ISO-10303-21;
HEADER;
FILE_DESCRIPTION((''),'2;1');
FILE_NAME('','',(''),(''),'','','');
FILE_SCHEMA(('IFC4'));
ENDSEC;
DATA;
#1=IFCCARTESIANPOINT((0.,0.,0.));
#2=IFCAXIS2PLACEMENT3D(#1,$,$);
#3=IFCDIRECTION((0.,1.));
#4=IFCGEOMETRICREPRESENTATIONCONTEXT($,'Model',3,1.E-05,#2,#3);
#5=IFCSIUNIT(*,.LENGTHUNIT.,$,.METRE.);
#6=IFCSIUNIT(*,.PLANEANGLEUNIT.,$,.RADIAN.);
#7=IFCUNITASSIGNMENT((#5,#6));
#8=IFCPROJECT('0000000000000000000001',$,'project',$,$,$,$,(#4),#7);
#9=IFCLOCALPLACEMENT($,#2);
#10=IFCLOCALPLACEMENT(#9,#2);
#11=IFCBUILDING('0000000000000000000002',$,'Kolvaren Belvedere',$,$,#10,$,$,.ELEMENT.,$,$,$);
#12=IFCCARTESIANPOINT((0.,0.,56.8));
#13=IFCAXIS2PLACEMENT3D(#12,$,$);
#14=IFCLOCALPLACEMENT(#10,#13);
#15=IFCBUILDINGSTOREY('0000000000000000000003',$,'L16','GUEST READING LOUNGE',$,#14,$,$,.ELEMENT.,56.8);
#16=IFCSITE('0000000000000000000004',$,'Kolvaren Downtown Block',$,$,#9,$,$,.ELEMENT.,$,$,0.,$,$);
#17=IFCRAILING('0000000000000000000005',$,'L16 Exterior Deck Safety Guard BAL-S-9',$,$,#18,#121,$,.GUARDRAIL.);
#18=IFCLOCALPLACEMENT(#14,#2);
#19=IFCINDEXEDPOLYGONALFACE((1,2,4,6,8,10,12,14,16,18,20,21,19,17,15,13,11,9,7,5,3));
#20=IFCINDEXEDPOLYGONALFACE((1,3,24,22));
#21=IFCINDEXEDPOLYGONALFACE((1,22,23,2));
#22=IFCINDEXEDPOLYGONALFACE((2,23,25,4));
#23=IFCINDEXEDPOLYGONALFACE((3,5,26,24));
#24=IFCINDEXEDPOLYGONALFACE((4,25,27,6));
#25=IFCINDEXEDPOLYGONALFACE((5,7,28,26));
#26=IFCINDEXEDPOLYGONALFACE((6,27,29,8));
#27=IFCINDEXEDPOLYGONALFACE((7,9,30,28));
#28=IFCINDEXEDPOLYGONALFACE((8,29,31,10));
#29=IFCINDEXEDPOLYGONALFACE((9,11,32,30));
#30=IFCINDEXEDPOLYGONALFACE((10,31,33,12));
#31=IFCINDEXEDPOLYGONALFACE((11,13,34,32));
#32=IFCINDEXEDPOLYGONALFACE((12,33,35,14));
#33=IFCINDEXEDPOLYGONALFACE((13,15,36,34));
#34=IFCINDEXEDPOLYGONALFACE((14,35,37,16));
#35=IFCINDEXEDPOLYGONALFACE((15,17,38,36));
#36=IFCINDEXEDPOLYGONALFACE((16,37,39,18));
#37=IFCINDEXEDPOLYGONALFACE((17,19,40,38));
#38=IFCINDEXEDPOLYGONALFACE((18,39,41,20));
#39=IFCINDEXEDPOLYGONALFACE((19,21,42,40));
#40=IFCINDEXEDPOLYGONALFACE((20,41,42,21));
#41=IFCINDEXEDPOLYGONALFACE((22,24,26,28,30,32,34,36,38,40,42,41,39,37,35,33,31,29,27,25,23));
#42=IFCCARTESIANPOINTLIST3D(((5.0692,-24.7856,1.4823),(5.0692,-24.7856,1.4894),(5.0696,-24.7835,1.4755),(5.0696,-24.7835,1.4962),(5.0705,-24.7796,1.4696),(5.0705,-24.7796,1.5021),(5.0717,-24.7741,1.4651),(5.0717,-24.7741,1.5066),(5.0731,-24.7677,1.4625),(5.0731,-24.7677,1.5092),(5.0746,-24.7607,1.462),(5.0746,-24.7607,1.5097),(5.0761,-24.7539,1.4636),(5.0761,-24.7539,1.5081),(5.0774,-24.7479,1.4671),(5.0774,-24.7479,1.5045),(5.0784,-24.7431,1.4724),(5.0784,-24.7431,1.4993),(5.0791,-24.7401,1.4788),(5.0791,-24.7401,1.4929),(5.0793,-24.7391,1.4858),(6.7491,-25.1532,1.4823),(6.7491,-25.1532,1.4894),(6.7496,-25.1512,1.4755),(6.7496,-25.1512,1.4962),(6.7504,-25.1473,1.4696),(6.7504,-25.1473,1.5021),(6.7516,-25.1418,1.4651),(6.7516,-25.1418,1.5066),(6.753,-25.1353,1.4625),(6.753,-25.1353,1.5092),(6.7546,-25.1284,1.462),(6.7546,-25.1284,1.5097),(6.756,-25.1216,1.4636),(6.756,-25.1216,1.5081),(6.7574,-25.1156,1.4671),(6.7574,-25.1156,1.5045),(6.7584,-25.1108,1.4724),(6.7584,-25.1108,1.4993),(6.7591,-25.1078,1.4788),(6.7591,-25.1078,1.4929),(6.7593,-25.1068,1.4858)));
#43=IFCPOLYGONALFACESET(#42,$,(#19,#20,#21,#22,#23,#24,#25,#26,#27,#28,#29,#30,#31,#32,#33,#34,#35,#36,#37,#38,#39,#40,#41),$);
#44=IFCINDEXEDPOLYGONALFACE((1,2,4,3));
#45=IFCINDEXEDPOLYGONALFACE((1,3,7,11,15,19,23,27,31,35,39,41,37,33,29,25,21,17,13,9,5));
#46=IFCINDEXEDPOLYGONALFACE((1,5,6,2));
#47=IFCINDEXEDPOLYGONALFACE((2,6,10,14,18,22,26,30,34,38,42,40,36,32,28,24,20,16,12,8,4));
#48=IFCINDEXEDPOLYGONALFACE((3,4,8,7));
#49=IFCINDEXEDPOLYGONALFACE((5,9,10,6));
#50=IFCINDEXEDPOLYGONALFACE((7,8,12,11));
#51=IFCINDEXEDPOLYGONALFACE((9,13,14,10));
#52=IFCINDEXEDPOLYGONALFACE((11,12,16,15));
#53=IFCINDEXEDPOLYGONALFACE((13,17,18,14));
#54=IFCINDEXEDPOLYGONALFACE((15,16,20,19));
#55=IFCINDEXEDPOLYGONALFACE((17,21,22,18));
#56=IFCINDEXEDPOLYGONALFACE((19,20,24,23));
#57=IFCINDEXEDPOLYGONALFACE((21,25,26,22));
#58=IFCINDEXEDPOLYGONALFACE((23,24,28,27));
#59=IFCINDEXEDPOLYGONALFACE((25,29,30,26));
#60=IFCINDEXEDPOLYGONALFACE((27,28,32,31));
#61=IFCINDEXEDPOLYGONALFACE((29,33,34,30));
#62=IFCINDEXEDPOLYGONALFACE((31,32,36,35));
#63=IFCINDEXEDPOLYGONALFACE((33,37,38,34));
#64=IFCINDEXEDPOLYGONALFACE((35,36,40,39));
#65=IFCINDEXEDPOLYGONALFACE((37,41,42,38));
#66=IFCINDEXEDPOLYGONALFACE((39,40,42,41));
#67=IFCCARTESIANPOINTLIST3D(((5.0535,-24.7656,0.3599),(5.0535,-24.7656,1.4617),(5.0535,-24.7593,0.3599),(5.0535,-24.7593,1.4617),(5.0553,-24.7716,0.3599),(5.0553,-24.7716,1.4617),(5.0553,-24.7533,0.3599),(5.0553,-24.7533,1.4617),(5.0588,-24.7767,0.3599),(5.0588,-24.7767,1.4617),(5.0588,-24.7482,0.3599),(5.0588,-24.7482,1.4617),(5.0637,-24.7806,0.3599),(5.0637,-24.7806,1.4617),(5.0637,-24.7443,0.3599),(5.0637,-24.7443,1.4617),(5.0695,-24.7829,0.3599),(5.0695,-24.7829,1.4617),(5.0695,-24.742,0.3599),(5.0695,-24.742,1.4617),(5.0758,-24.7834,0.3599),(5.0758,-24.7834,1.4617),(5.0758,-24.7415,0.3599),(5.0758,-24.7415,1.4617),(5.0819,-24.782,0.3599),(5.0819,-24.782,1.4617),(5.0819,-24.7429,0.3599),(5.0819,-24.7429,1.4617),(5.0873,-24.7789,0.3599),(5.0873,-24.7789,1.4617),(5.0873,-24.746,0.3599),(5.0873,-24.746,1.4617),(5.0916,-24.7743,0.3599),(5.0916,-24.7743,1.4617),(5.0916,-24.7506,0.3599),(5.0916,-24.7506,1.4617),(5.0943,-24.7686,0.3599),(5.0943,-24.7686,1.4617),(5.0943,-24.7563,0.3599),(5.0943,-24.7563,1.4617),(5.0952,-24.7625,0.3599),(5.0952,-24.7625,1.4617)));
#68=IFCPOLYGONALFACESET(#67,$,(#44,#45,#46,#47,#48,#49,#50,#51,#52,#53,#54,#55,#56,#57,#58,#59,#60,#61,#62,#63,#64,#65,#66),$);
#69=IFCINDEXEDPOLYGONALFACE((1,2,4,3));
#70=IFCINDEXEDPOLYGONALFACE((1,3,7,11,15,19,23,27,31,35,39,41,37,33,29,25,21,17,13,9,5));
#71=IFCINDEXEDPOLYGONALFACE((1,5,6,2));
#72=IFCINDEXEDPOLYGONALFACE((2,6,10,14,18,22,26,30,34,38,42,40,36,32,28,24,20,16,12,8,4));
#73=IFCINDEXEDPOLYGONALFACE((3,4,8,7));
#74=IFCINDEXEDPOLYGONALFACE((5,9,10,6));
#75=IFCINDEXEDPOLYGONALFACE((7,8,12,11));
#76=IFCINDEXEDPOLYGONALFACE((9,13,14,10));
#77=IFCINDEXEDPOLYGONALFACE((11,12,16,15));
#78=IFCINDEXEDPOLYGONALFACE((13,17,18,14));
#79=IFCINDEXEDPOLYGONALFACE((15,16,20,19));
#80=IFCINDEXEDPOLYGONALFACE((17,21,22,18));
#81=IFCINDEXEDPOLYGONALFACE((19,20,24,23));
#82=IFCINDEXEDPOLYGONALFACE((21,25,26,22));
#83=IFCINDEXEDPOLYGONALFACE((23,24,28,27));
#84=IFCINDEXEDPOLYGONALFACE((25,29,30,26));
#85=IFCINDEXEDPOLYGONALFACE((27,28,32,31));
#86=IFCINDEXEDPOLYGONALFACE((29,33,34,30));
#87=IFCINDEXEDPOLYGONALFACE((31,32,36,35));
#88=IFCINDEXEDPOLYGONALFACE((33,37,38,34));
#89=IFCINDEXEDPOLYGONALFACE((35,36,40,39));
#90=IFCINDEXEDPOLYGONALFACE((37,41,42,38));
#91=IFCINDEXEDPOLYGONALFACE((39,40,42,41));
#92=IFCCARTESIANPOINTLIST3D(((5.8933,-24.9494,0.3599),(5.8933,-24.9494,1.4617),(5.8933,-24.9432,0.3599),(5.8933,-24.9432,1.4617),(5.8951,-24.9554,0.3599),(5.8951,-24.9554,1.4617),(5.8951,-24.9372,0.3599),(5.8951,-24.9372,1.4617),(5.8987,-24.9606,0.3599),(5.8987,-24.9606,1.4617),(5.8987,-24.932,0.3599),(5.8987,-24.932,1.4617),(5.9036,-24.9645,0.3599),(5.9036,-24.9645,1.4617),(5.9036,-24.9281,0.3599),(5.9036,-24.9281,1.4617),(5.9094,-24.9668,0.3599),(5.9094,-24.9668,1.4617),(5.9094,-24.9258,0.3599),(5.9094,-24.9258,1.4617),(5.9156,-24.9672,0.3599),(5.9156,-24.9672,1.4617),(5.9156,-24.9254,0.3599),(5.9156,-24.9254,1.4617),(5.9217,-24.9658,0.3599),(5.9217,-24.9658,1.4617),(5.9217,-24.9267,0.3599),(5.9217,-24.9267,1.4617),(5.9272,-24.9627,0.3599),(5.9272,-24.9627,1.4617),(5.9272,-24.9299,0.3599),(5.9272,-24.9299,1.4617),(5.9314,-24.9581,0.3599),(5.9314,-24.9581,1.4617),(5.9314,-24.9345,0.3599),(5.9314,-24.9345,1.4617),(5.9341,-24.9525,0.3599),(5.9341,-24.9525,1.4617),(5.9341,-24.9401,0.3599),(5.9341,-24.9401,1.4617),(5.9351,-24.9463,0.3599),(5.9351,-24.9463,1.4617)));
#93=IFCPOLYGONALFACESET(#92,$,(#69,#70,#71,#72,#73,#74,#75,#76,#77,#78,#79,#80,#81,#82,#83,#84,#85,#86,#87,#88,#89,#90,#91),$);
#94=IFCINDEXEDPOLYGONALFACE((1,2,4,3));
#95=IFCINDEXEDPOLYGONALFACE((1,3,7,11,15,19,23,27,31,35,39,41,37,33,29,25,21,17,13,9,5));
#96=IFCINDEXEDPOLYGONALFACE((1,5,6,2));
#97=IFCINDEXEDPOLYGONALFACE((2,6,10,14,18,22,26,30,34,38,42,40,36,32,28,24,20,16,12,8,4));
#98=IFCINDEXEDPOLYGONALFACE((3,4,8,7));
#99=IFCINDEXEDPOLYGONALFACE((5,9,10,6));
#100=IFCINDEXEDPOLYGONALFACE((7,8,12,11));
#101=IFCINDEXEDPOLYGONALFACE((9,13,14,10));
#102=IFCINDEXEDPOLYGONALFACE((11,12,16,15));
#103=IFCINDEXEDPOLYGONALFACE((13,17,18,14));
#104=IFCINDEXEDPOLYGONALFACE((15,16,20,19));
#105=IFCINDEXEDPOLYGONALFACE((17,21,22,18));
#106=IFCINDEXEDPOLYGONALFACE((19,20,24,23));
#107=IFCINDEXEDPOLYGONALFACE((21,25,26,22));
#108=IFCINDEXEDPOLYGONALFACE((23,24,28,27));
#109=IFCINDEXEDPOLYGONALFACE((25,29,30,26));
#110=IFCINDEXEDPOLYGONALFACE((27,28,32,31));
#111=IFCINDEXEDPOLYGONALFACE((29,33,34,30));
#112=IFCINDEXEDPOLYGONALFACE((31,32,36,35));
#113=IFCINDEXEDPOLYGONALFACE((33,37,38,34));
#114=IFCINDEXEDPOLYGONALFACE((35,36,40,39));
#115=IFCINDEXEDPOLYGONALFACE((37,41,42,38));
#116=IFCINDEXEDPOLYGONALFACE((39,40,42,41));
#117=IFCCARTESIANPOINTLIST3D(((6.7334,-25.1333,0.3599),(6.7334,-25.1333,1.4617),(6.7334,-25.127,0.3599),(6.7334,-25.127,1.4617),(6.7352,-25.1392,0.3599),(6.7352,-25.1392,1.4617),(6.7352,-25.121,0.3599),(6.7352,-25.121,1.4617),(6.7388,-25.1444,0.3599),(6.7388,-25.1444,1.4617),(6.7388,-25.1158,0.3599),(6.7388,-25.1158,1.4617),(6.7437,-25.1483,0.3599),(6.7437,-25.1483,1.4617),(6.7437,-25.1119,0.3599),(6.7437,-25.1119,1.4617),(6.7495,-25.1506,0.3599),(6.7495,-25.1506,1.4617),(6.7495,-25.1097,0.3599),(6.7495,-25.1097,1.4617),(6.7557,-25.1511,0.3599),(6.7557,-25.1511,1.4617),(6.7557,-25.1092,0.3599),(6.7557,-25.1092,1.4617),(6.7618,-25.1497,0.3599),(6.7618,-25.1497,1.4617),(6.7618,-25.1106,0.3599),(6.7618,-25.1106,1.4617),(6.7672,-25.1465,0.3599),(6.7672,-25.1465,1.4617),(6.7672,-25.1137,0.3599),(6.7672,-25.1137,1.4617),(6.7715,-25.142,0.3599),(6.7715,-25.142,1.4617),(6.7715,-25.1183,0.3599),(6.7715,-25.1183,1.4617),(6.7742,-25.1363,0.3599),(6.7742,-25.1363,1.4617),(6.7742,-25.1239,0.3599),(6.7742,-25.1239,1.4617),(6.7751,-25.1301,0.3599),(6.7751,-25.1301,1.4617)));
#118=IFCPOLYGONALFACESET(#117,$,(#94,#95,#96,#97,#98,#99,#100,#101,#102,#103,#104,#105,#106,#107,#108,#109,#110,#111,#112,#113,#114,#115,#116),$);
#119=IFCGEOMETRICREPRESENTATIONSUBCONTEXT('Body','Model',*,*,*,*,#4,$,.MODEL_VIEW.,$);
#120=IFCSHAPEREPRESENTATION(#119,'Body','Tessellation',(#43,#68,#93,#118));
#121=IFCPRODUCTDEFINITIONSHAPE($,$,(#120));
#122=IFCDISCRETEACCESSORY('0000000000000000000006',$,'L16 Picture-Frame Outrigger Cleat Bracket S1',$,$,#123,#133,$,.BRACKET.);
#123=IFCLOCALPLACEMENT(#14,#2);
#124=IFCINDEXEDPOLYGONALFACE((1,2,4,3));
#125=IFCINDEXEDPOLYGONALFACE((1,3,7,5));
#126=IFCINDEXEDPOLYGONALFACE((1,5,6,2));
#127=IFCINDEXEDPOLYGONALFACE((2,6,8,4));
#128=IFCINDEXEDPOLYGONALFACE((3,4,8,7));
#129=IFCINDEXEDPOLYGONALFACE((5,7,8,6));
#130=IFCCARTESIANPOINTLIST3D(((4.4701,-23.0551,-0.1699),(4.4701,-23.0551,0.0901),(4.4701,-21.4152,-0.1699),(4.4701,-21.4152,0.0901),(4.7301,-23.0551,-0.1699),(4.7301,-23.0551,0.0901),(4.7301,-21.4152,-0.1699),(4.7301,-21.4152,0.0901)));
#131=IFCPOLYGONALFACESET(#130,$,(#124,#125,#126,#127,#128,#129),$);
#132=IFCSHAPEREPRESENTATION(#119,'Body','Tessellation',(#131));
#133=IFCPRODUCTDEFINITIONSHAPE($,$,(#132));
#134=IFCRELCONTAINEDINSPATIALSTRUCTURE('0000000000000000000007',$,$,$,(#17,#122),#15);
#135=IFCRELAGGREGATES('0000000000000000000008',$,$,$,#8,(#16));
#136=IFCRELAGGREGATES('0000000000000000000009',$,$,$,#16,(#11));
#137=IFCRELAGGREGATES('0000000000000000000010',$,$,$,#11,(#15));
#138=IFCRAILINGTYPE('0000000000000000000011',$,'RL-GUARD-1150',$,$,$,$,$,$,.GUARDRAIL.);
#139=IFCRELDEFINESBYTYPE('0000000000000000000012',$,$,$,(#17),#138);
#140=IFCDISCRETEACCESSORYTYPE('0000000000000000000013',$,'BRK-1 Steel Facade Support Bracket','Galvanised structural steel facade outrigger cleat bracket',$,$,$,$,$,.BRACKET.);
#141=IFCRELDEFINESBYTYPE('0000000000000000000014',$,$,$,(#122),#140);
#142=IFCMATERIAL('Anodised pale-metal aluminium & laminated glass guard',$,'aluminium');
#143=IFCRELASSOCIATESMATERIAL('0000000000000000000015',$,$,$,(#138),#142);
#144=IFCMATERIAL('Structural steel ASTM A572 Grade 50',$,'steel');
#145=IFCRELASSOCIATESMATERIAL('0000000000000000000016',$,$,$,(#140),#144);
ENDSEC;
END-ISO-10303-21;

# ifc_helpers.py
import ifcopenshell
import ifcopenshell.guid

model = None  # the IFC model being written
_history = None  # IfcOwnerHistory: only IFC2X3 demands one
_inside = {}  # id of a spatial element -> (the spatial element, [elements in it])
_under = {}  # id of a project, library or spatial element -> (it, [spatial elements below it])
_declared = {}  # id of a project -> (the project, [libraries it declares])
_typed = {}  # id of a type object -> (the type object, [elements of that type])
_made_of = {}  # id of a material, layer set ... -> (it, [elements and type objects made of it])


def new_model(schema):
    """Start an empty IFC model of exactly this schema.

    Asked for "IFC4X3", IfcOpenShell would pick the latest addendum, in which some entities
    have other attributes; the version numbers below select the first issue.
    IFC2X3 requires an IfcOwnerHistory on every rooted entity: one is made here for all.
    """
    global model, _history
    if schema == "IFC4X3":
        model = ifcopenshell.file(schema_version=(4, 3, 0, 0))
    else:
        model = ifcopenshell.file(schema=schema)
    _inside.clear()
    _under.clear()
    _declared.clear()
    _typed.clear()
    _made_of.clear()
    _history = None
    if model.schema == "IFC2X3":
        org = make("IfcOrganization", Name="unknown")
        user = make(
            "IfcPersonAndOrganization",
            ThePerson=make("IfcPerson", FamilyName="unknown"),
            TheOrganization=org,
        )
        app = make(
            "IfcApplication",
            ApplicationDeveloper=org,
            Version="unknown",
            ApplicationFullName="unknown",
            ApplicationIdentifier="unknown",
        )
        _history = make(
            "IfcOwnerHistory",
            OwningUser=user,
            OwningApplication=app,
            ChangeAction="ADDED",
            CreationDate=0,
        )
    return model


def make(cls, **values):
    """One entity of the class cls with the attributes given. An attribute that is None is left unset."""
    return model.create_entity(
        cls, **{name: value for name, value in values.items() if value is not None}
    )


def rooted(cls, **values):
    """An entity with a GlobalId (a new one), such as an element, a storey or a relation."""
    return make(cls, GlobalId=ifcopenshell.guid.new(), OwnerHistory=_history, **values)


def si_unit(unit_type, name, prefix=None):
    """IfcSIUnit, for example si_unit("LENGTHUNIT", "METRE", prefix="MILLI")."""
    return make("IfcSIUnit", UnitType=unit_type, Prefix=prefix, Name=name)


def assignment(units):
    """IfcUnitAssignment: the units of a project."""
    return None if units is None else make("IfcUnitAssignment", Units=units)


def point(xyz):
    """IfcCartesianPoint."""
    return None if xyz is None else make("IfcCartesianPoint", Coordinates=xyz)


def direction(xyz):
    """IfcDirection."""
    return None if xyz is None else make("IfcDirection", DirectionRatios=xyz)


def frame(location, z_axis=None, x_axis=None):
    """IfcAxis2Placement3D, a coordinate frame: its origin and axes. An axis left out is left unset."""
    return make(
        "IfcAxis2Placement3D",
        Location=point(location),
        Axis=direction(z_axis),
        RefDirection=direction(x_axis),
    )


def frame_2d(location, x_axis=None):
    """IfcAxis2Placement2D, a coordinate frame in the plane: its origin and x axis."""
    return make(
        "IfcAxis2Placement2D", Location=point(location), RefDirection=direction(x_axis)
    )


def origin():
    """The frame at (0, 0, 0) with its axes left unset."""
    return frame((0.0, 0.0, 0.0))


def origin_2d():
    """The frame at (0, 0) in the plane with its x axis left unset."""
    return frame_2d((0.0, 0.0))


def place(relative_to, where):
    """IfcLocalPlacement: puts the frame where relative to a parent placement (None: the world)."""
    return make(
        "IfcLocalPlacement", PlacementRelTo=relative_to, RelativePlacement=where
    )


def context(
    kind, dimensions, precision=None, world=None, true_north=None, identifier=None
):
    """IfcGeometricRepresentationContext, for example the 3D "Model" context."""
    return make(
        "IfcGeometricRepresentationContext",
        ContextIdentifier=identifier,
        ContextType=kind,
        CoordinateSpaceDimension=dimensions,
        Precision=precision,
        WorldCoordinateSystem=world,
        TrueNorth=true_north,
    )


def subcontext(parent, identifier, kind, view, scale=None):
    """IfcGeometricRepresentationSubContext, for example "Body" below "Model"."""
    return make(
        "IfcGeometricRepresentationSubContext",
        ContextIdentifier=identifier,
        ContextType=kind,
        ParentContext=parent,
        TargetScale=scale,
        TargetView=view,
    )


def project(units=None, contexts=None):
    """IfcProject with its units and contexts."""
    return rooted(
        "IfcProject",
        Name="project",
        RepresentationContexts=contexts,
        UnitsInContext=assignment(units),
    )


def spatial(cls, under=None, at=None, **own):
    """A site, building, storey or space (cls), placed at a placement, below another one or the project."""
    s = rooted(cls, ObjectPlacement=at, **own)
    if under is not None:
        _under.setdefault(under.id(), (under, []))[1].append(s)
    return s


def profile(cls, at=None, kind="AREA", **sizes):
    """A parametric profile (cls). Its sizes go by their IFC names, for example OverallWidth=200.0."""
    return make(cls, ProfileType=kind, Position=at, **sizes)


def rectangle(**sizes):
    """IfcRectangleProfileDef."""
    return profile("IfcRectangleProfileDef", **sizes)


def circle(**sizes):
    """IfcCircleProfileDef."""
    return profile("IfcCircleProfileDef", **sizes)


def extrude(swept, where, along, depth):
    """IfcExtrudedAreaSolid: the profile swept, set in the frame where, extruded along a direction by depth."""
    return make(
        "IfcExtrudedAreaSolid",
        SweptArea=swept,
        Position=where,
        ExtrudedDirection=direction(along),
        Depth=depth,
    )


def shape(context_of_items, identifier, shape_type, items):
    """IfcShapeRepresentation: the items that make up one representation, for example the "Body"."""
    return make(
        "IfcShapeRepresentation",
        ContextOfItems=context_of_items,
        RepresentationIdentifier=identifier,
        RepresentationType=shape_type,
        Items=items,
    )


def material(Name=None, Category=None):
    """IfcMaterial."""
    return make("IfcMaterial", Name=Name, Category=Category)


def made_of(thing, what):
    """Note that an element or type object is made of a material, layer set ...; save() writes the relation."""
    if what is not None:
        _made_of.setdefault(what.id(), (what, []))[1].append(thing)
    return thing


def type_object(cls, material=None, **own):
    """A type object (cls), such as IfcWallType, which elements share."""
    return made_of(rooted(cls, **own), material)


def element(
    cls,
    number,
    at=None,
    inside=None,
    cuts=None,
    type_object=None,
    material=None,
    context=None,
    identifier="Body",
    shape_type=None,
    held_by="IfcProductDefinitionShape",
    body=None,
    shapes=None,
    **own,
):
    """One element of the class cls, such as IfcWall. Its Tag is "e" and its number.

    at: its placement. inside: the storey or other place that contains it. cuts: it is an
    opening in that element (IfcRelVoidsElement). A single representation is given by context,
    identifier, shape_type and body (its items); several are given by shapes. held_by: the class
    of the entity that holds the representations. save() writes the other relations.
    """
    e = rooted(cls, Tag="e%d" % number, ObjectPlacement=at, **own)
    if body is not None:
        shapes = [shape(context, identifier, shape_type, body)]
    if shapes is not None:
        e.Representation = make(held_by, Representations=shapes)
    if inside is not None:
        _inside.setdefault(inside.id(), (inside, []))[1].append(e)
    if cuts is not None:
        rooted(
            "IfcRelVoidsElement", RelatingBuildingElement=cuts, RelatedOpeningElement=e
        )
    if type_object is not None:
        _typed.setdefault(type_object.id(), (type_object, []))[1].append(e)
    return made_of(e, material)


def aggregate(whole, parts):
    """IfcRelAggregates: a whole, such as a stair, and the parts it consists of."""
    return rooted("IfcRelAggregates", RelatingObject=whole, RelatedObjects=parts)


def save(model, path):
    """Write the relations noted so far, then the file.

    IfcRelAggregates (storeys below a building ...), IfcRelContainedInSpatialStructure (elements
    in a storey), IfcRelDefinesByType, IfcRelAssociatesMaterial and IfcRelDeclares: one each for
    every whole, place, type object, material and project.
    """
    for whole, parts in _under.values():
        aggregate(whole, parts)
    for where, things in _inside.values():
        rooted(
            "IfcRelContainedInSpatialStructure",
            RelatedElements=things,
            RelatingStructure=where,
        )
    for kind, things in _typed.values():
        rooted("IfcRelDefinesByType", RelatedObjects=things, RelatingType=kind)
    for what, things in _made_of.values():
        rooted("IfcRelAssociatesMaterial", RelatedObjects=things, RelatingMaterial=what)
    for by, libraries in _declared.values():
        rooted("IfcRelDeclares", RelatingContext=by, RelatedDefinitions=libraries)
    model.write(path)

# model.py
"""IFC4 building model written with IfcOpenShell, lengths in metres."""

from ifc_helpers import new_model, si_unit, direction, frame, origin, origin_2d, place, context, subcontext, project, spatial, rectangle, circle, extrude, material, type_object, element, save


model = new_model("IFC4")

# Units and contexts
model_context = context("Model", 3, precision=1e-05, world=origin(), true_north=direction((0.0, 1.0)))
body_context = subcontext(model_context, "Body", "Model", "MODEL_VIEW")
ifc_project = project(units=[si_unit("LENGTHUNIT", "METRE"), si_unit("PLANEANGLEUNIT", "RADIAN")], contexts=[model_context])

# Site, building, storey
site_placement = place(None, origin())
site = spatial("IfcSite", under=ifc_project, at=site_placement, Name="Kolvaren Downtown Block", CompositionType="ELEMENT", RefElevation=0.0)
building_placement = place(site_placement, origin())
building = spatial("IfcBuilding", under=site, at=building_placement, Name="Kolvaren Belvedere", CompositionType="ELEMENT")
storey_placement = place(building_placement, frame((0.0, 0.0, 56.8)))
storey = spatial("IfcBuildingStorey", under=building, at=storey_placement, Name="L16", Description="GUEST READING LOUNGE", CompositionType="ELEMENT", Elevation=56.8)

# Railing
ifc_material_1 = material(Name="Anodised pale-metal aluminium & laminated glass guard", Category="aluminium")
railing_type = type_object("IfcRailingType", Name="RL-GUARD-1150", PredefinedType="GUARDRAIL", material=ifc_material_1)
railing_1_placement = place(storey_placement, frame((5.0742, -24.7625, 0.3599)))
element("IfcRailing", 1, at=railing_1_placement, inside=storey, type_object=railing_type, Name="L16 Exterior Deck Safety Guard BAL-S-9", PredefinedType="GUARDRAIL", context=body_context, shape_type="SweptSolid", body=[
    extrude(circle(Radius=0.0239, at=origin_2d()), frame((0.0, 0.0, 1.126), z_axis=(0.976877, -0.213803, 0.0), x_axis=(0.213803, 0.976877, 0.0)), (0.0, 0.0, 1.0), 1.7197),
    extrude(circle(Radius=0.021, at=origin_2d()), origin(), (0.0, 0.0, 1.0), 1.1018),
    extrude(circle(Radius=0.021, at=origin_2d()), frame((0.8398, -0.1838, 0.0)), (0.0, 0.0, 1.0), 1.1018),
    extrude(circle(Radius=0.021, at=origin_2d()), frame((1.6799, -0.3677, 0.0)), (0.0, 0.0, 1.0), 1.1018),
])

# Discrete accessory
ifc_material_2 = material(Name="Structural steel ASTM A572 Grade 50", Category="steel")
discrete_accessory_type = type_object("IfcDiscreteAccessoryType", Name="BRK-1 Steel Facade Support Bracket", Description="Galvanised structural steel facade outrigger cleat bracket", PredefinedType="BRACKET", material=ifc_material_2)
discrete_accessory_placement = place(storey_placement, frame((4.6001, -22.2351, -0.1699), z_axis=(0.0, 0.0, 1.0), x_axis=(0.0, 1.0, 0.0)))
element("IfcDiscreteAccessory", 2, at=discrete_accessory_placement, inside=storey, type_object=discrete_accessory_type, Name="L16 Picture-Frame Outrigger Cleat Bracket S1", PredefinedType="BRACKET", context=body_context, shape_type="SweptSolid", body=[
    extrude(rectangle(XDim=1.6399, YDim=0.26, at=origin_2d()), origin(), (0.0, 0.0, 1.0), 0.26),
])

save(model, "model.ifc")
